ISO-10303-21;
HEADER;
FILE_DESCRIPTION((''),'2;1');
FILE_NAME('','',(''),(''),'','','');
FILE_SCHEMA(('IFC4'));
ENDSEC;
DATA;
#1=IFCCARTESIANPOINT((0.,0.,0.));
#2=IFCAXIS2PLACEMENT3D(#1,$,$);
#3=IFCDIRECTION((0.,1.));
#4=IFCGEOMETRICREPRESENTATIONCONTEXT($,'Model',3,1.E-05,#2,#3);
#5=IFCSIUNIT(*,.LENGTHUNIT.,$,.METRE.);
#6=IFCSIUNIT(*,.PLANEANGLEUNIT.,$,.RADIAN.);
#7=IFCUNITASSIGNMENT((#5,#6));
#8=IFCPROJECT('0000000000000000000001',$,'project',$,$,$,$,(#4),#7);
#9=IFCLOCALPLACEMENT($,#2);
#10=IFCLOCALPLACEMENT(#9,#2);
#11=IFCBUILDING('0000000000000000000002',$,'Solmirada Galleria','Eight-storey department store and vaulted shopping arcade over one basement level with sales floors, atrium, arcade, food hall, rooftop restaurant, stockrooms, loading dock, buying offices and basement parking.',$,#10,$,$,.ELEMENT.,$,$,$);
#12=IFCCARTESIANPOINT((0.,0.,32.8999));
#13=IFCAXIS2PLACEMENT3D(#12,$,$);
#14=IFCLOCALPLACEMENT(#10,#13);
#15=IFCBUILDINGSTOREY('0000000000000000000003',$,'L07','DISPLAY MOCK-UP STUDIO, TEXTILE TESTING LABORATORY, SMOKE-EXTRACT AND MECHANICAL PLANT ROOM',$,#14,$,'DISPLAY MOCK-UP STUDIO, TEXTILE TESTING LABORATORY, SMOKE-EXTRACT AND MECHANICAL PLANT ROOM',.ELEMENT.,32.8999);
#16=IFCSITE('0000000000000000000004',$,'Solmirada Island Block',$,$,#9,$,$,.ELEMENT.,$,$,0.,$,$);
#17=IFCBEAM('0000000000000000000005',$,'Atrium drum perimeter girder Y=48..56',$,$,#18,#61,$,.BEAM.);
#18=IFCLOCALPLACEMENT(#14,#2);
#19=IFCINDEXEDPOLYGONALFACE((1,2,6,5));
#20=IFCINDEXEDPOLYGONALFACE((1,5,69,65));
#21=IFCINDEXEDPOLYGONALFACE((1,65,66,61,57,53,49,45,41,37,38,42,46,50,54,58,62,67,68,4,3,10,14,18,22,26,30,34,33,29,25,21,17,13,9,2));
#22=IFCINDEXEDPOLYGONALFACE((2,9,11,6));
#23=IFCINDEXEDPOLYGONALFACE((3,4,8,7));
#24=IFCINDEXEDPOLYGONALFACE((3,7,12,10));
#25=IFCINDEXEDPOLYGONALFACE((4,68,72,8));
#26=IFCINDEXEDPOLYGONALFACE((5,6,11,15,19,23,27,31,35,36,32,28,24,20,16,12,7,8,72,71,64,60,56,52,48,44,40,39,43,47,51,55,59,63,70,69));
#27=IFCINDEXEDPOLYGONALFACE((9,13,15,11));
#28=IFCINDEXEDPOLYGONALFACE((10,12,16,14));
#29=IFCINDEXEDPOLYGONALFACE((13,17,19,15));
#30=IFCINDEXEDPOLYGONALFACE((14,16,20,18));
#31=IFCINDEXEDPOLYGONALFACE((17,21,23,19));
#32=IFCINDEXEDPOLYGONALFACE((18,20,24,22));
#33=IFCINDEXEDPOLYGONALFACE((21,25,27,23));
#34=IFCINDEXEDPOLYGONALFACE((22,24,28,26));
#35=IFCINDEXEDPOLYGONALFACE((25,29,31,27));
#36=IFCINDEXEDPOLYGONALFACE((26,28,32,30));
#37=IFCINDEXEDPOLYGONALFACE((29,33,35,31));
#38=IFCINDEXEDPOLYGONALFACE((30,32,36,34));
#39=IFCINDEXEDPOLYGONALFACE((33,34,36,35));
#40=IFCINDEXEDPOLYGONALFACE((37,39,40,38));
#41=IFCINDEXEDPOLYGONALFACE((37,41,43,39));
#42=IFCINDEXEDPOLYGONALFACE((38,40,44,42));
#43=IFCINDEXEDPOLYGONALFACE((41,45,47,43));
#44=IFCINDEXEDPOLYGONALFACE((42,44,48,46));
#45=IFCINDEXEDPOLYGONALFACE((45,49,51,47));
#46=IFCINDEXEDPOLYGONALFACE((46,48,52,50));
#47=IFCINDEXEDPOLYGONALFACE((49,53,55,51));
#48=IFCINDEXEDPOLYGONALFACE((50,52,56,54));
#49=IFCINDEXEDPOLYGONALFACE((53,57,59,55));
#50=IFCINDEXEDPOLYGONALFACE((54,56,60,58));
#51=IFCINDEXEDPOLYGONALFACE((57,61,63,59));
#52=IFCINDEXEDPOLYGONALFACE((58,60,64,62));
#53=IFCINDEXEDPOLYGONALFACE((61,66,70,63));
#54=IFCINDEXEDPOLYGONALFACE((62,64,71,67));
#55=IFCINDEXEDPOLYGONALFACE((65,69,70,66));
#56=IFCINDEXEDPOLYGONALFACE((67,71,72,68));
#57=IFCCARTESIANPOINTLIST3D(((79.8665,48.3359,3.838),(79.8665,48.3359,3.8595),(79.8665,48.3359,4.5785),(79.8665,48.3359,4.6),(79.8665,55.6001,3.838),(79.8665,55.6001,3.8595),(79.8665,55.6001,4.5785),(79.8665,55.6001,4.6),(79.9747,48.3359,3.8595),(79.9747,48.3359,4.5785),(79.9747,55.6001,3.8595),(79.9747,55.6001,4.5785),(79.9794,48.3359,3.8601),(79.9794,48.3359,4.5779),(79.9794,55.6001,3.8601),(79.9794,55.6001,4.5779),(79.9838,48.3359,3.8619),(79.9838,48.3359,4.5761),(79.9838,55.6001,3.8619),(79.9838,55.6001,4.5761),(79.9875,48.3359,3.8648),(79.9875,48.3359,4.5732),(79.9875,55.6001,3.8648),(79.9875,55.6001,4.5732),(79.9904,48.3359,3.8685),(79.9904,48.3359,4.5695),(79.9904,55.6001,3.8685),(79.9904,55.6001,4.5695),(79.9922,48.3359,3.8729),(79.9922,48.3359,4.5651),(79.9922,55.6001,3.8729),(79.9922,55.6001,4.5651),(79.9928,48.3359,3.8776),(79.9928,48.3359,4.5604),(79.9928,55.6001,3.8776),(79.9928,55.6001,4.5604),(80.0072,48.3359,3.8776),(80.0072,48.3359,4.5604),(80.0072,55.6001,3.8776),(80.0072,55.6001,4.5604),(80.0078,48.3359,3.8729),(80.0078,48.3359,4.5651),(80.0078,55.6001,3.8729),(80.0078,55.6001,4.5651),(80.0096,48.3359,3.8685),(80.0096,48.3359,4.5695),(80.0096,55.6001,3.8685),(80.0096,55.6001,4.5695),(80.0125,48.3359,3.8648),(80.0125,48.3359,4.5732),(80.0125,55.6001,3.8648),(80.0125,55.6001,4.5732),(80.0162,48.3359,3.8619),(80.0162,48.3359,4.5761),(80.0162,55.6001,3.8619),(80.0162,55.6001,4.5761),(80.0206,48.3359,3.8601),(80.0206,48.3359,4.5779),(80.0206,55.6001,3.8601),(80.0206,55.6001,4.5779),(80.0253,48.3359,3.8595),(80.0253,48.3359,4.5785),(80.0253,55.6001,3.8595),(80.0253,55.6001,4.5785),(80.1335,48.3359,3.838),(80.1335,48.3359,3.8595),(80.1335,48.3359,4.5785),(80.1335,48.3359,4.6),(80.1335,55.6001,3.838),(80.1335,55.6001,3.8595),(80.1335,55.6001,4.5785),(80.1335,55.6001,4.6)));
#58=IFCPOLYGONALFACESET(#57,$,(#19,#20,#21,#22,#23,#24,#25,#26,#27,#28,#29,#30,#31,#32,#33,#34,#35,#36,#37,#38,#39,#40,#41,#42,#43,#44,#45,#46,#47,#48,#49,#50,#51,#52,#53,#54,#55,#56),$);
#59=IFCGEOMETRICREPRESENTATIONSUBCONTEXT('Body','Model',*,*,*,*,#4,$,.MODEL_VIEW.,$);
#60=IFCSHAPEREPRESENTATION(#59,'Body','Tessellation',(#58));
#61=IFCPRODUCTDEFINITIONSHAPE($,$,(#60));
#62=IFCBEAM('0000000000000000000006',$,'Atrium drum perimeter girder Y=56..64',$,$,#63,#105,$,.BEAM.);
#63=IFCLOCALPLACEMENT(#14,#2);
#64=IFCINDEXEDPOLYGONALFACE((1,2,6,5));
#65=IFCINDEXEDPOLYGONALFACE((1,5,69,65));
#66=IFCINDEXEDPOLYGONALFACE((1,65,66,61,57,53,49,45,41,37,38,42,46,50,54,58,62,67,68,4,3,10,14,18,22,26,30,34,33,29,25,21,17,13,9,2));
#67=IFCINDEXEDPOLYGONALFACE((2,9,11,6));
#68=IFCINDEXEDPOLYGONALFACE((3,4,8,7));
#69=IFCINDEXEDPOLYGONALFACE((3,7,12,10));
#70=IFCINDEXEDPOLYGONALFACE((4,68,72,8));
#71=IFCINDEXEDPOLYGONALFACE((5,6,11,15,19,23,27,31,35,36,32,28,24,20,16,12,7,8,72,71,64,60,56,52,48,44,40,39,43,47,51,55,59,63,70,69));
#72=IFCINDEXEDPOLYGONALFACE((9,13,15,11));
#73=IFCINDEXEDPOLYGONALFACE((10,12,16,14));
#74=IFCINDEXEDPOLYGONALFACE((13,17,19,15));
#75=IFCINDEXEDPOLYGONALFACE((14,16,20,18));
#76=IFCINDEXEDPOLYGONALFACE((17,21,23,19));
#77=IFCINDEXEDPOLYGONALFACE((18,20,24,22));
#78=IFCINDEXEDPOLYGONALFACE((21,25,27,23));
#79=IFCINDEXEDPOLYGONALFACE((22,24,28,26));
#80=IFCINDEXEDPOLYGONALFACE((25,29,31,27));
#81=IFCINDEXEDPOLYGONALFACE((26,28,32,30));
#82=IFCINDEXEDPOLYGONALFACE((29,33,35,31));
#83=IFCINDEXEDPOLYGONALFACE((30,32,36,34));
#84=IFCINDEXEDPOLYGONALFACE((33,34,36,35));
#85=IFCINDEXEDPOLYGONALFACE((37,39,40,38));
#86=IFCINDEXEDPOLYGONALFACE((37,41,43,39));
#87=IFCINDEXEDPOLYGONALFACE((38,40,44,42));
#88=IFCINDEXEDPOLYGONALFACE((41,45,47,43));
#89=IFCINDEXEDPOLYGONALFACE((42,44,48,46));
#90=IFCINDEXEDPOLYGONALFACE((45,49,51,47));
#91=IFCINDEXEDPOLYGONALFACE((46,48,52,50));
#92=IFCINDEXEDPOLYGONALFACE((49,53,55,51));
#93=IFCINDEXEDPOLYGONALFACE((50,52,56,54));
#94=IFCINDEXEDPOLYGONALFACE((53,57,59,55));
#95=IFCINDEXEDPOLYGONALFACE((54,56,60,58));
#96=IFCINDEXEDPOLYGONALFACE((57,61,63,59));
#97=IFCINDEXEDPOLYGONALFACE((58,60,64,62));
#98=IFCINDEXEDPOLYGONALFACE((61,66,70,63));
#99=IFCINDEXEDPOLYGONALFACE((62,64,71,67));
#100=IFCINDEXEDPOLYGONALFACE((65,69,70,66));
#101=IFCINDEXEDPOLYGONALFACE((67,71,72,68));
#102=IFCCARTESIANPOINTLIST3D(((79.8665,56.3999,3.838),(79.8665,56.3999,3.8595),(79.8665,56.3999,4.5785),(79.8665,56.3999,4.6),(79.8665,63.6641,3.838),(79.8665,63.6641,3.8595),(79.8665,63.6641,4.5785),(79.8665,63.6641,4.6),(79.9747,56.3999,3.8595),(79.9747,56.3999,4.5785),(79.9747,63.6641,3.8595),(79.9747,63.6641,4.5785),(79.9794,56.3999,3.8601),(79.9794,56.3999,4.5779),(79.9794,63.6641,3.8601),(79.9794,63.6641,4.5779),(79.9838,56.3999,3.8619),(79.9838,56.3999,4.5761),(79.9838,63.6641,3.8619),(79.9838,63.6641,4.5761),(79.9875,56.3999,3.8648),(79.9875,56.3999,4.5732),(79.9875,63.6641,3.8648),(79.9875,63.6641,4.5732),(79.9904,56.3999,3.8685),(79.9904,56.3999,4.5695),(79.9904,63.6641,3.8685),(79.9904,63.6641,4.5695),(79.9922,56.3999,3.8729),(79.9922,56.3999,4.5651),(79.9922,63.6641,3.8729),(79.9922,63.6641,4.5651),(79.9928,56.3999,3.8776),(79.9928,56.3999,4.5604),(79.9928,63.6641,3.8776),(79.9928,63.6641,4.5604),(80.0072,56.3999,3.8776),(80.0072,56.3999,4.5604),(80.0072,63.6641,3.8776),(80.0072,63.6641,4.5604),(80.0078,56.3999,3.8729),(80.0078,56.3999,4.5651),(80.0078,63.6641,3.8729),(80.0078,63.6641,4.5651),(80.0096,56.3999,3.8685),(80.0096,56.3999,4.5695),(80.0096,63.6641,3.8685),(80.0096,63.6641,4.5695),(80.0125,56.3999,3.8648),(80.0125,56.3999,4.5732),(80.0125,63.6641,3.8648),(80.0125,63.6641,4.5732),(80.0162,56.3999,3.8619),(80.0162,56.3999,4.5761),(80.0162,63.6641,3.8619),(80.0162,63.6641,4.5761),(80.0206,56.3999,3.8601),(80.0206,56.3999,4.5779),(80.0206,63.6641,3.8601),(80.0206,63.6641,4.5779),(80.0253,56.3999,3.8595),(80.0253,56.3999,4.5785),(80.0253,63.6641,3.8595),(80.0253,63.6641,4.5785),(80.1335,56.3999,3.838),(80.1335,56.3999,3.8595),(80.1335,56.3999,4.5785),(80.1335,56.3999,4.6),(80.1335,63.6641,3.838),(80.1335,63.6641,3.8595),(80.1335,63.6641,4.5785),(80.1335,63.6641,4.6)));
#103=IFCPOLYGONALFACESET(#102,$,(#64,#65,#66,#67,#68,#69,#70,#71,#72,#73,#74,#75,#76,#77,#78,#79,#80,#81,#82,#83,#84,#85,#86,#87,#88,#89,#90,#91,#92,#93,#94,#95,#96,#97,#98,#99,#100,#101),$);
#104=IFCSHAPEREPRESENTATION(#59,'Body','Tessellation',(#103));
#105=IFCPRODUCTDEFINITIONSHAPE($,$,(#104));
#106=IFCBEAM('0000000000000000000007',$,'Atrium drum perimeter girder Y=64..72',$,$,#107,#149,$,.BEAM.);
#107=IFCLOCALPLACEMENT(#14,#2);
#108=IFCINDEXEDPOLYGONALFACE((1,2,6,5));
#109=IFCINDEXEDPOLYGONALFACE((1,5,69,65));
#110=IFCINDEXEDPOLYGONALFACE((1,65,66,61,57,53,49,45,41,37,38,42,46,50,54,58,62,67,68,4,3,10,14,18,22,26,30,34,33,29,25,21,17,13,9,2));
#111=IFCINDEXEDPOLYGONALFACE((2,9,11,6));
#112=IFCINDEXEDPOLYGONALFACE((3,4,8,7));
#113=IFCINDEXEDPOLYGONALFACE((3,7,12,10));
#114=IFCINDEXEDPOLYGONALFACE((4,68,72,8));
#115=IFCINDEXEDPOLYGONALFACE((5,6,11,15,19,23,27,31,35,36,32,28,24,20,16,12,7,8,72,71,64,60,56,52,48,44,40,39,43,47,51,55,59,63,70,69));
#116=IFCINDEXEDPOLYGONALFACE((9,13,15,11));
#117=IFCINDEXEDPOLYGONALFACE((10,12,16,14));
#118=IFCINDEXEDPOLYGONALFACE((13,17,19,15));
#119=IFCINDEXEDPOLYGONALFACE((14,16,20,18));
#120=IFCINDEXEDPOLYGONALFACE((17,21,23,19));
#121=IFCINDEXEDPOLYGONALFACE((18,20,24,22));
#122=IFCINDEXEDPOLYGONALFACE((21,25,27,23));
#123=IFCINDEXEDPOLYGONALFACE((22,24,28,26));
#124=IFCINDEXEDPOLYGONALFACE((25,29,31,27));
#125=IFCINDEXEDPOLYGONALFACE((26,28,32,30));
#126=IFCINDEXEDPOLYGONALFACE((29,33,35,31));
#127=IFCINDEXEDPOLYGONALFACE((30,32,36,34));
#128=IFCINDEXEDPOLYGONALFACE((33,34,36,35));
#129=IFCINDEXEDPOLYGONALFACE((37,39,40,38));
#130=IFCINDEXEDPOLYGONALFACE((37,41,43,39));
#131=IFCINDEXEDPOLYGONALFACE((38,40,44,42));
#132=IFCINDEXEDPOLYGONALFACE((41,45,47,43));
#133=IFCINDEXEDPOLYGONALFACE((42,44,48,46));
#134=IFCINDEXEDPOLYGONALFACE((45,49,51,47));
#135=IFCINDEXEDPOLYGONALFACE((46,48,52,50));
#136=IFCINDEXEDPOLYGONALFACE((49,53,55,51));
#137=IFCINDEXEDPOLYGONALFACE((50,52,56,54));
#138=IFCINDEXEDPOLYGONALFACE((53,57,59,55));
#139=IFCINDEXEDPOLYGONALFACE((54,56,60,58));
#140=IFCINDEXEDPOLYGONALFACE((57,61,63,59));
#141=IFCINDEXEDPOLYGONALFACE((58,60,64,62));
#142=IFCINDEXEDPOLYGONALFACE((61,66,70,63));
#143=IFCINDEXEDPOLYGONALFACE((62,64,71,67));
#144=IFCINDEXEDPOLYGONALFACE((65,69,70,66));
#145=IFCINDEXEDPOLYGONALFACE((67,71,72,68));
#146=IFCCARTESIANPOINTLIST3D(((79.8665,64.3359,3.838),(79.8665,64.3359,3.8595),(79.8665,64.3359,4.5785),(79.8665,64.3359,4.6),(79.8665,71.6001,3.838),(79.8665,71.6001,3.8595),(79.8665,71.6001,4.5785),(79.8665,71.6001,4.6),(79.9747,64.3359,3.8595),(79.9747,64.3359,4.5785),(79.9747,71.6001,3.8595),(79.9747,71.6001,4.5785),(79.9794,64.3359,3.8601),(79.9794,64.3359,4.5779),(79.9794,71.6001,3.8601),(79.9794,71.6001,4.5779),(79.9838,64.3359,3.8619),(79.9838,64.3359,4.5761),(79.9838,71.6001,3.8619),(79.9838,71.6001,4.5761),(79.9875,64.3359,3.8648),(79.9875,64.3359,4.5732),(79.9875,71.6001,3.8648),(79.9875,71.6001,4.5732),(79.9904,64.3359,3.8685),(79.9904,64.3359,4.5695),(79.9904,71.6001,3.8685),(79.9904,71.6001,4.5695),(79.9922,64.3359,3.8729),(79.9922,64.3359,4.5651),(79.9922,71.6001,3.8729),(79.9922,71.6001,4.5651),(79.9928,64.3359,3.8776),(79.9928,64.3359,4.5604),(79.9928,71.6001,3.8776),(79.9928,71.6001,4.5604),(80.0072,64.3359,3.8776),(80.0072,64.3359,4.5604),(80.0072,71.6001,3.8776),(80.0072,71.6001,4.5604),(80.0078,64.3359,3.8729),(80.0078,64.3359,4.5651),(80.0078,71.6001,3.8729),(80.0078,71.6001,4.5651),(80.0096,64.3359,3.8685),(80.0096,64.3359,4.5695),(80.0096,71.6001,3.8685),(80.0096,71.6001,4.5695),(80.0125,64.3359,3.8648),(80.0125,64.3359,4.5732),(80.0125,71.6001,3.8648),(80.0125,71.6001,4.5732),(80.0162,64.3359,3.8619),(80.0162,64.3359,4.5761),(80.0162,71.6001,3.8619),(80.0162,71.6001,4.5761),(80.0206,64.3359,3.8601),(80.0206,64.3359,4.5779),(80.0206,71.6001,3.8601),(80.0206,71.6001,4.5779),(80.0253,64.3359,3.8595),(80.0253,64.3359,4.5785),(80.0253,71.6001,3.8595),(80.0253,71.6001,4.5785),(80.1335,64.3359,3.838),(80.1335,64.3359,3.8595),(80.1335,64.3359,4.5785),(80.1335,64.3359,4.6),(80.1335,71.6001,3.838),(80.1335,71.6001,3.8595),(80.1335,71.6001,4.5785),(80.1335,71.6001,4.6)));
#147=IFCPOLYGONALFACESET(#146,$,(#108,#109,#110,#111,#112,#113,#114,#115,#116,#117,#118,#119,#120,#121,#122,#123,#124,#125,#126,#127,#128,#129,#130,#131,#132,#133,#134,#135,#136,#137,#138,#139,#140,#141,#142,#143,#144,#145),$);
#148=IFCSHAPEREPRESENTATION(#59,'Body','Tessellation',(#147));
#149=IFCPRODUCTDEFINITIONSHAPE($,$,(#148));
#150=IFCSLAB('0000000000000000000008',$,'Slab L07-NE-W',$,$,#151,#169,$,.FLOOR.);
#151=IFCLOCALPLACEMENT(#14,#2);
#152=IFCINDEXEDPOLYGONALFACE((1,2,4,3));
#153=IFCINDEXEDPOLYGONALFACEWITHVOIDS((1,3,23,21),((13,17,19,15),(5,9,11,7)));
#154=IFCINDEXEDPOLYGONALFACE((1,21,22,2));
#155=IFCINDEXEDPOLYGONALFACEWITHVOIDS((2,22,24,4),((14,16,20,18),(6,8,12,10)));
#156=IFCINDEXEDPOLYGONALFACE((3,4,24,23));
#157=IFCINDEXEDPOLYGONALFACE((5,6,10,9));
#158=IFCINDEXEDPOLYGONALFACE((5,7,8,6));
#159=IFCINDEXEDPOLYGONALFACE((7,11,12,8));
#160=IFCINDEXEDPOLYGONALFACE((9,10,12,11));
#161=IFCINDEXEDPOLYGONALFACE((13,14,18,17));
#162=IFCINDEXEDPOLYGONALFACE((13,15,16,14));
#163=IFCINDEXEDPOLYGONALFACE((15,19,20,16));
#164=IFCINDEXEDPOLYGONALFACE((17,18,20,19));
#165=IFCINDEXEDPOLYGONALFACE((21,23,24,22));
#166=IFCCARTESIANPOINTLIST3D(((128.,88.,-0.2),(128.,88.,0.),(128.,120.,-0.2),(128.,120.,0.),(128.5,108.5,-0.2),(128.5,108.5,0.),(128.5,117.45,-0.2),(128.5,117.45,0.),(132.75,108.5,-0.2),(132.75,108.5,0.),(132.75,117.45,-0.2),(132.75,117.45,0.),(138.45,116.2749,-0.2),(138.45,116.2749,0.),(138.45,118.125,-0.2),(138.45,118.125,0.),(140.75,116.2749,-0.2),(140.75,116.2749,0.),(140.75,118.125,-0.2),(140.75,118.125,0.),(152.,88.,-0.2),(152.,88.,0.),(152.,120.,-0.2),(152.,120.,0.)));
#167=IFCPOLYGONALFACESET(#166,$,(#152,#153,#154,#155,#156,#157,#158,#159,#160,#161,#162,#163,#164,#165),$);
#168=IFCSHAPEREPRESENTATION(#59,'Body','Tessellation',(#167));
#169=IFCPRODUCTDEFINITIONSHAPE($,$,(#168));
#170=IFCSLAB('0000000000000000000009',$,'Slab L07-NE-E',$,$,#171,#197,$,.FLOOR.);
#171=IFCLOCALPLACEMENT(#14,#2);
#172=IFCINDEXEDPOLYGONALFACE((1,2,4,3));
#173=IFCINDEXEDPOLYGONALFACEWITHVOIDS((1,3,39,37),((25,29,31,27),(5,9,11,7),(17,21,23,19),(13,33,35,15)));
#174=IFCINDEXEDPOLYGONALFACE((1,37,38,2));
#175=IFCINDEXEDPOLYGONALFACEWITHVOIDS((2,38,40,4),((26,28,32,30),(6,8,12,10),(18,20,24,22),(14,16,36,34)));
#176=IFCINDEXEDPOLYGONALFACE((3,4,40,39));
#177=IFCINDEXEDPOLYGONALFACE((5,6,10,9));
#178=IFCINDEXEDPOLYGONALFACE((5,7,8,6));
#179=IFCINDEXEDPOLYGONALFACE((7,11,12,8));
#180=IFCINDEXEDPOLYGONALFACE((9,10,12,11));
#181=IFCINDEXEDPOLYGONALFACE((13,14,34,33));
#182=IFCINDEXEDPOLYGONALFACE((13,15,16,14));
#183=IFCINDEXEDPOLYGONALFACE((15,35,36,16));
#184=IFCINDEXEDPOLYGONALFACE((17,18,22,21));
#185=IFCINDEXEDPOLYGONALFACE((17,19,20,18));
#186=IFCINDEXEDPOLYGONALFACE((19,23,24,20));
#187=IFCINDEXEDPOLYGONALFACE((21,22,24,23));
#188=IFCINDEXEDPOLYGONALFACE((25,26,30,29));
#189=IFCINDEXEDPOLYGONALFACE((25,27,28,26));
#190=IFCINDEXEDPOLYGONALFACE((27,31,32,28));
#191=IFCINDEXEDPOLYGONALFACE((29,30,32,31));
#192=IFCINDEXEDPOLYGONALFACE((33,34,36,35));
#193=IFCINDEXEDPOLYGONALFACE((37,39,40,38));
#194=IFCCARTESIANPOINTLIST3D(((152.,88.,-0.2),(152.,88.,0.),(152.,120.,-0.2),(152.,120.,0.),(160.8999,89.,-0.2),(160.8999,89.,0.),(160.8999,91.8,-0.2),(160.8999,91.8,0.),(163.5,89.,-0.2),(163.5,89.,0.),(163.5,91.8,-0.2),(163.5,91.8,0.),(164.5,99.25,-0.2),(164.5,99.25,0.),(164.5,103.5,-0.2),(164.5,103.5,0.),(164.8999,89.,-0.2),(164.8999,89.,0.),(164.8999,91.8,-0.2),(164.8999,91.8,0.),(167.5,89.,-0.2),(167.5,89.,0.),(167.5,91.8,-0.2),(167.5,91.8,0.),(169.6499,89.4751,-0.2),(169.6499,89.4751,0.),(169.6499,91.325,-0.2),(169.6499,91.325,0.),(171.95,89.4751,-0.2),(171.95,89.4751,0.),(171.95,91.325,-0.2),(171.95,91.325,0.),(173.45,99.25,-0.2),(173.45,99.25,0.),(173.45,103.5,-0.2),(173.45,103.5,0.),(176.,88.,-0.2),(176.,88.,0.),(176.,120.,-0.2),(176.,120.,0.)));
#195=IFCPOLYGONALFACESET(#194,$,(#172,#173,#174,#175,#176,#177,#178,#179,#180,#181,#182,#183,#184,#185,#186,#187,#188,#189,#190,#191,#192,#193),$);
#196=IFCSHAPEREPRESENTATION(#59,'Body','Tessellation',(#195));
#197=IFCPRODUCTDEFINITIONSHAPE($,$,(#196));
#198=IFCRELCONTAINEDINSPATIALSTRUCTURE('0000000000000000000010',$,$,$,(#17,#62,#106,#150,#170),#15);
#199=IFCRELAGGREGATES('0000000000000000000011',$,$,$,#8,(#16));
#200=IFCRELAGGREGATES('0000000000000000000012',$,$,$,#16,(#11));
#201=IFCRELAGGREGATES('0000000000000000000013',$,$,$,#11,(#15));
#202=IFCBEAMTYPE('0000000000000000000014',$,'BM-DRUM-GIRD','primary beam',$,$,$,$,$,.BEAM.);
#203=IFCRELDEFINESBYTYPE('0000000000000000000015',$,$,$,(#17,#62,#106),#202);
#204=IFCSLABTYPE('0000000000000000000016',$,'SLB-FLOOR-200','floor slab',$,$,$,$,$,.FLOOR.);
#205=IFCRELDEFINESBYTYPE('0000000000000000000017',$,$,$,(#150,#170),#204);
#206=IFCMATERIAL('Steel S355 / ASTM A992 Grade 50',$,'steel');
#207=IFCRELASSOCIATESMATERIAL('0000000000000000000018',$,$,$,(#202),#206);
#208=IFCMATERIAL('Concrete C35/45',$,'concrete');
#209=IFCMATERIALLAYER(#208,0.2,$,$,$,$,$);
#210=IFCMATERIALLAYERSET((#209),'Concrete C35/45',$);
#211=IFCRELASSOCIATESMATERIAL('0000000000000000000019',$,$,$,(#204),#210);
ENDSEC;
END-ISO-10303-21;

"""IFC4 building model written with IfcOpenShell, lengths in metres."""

from ifc_helpers import new_model, si_unit, direction, frame, origin, origin_2d, place, context, subcontext, project, spatial, polyline, i_section, outline, extrude, material, layer, layer_set, material_profile, profile_set, type_object, element, save


model = new_model("IFC4")

# Units and contexts
model_context = context("Model", 3, precision=1e-05, world=origin(), true_north=direction((0.0, 1.0)))
body_context = subcontext(model_context, "Body", "Model", "MODEL_VIEW")
ifc_project = project(units=[si_unit("LENGTHUNIT", "METRE"), si_unit("PLANEANGLEUNIT", "RADIAN")], contexts=[model_context])

# Site, building, storey
site_placement = place(None, origin())
site = spatial("IfcSite", under=ifc_project, at=site_placement, Name="Solmirada Island Block", CompositionType="ELEMENT", RefElevation=0.0)
building_placement = place(site_placement, origin())
building = spatial("IfcBuilding", under=site, at=building_placement, Name="Solmirada Galleria", Description="Eight-storey department store and vaulted shopping arcade over one basement level with sales floors, atrium, arcade, food hall, rooftop restaurant, stockrooms, loading dock, buying offices and basement parking.", CompositionType="ELEMENT")
storey_placement = place(building_placement, frame((0.0, 0.0, 32.8999)))
storey = spatial("IfcBuildingStorey", under=building, at=storey_placement, Name="L07", Description="DISPLAY MOCK-UP STUDIO, TEXTILE TESTING LABORATORY, SMOKE-EXTRACT AND MECHANICAL PLANT ROOM", LongName="DISPLAY MOCK-UP STUDIO, TEXTILE TESTING LABORATORY, SMOKE-EXTRACT AND MECHANICAL PLANT ROOM", CompositionType="ELEMENT", Elevation=32.8999)

# Beams
ifc_material_1 = material(Name="Steel S355 / ASTM A992 Grade 50", Category="steel")
ifc_material_profile_1 = material_profile(ifc_material_1, i_section(OverallWidth=0.2671, OverallDepth=0.762, WebThickness=0.0144, FlangeThickness=0.0215, FilletRadius=0.0181, at=origin_2d()), Name="W30X116")
ifc_profile_set_1 = profile_set([ifc_material_profile_1], Name="Steel S355 / ASTM A992 Grade 50")
beam_type = type_object("IfcBeamType", Name="BM-DRUM-GIRD", Description="primary beam", PredefinedType="BEAM", material=ifc_profile_set_1)
for number, where, z_axis, x_axis, name in (
    (1, (80.0, 48.3359, 4.219), (0.0, 1.0, 0.0), (-1.0, 0.0, 0.0), "Atrium drum perimeter girder Y=48..56"),
    (2, (80.0, 56.3999, 4.219), (0.0, 1.0, 0.0), (-1.0, 0.0, 0.0), "Atrium drum perimeter girder Y=56..64"),
    (3, (80.0, 64.3359, 4.219), (0.0, 1.0, 0.0), (-1.0, 0.0, 0.0), "Atrium drum perimeter girder Y=64..72"),
):
    element("IfcBeam", number, at=place(storey_placement, frame(where, z_axis=z_axis, x_axis=x_axis)), inside=storey, type_object=beam_type, Name=name, PredefinedType="BEAM", context=body_context, shape_type="SweptSolid", body=[
        extrude(i_section(OverallWidth=0.2671, OverallDepth=0.762, WebThickness=0.0144, FlangeThickness=0.0215, FilletRadius=0.0181, at=origin_2d()), origin(), (0.0, 0.0, 1.0), 7.2642),
    ])

# Slabs
ifc_material_2 = material(Name="Concrete C35/45", Category="concrete")
ifc_layer_1 = layer(ifc_material_2, 0.2)
ifc_layer_set_1 = layer_set([ifc_layer_1], Name="Concrete C35/45")
slab_type_1 = type_object("IfcSlabType", Name="SLB-FLOOR-200", Description="floor slab", PredefinedType="FLOOR", material=ifc_layer_set_1)
slab_1_placement = place(storey_placement, frame((0.0, 0.0, -0.2)))
element("IfcSlab", 4, at=slab_1_placement, inside=storey, type_object=slab_type_1, Name="Slab L07-NE-W", PredefinedType="FLOOR", context=body_context, shape_type="SweptSolid", body=[
    extrude(outline(polyline([(128.0, 88.0), (152.0, 88.0), (152.0, 120.0), (128.0, 120.0), (128.0, 88.0)]), holes=[polyline([(128.5, 108.5), (132.75, 108.5), (132.75, 117.45), (128.5, 117.45), (128.5, 108.5)]), polyline([(138.45, 116.2749), (140.75, 116.2749), (140.75, 118.125), (138.45, 118.125), (138.45, 116.2749)])]), origin(), (0.0, 0.0, 1.0), 0.2),
])
slab_2_placement = place(storey_placement, frame((0.0, 0.0, -0.2)))
element("IfcSlab", 5, at=slab_2_placement, inside=storey, type_object=slab_type_1, Name="Slab L07-NE-E", PredefinedType="FLOOR", context=body_context, shape_type="SweptSolid", body=[
    extrude(outline(polyline([(152.0, 88.0), (176.0, 88.0), (176.0, 120.0), (152.0, 120.0), (152.0, 88.0)]), holes=[polyline([(164.5, 99.25), (173.45, 99.25), (173.45, 103.5), (164.5, 103.5), (164.5, 99.25)]), polyline([(169.6499, 89.4751), (171.95, 89.4751), (171.95, 91.325), (169.6499, 91.325), (169.6499, 89.4751)]), polyline([(164.8999, 89.0), (167.5, 89.0), (167.5, 91.8), (164.8999, 91.8), (164.8999, 89.0)]), polyline([(160.8999, 89.0), (163.5, 89.0), (163.5, 91.8), (160.8999, 91.8), (160.8999, 89.0)])]), origin(), (0.0, 0.0, 1.0), 0.2),
])

save(model, "model.ifc")
